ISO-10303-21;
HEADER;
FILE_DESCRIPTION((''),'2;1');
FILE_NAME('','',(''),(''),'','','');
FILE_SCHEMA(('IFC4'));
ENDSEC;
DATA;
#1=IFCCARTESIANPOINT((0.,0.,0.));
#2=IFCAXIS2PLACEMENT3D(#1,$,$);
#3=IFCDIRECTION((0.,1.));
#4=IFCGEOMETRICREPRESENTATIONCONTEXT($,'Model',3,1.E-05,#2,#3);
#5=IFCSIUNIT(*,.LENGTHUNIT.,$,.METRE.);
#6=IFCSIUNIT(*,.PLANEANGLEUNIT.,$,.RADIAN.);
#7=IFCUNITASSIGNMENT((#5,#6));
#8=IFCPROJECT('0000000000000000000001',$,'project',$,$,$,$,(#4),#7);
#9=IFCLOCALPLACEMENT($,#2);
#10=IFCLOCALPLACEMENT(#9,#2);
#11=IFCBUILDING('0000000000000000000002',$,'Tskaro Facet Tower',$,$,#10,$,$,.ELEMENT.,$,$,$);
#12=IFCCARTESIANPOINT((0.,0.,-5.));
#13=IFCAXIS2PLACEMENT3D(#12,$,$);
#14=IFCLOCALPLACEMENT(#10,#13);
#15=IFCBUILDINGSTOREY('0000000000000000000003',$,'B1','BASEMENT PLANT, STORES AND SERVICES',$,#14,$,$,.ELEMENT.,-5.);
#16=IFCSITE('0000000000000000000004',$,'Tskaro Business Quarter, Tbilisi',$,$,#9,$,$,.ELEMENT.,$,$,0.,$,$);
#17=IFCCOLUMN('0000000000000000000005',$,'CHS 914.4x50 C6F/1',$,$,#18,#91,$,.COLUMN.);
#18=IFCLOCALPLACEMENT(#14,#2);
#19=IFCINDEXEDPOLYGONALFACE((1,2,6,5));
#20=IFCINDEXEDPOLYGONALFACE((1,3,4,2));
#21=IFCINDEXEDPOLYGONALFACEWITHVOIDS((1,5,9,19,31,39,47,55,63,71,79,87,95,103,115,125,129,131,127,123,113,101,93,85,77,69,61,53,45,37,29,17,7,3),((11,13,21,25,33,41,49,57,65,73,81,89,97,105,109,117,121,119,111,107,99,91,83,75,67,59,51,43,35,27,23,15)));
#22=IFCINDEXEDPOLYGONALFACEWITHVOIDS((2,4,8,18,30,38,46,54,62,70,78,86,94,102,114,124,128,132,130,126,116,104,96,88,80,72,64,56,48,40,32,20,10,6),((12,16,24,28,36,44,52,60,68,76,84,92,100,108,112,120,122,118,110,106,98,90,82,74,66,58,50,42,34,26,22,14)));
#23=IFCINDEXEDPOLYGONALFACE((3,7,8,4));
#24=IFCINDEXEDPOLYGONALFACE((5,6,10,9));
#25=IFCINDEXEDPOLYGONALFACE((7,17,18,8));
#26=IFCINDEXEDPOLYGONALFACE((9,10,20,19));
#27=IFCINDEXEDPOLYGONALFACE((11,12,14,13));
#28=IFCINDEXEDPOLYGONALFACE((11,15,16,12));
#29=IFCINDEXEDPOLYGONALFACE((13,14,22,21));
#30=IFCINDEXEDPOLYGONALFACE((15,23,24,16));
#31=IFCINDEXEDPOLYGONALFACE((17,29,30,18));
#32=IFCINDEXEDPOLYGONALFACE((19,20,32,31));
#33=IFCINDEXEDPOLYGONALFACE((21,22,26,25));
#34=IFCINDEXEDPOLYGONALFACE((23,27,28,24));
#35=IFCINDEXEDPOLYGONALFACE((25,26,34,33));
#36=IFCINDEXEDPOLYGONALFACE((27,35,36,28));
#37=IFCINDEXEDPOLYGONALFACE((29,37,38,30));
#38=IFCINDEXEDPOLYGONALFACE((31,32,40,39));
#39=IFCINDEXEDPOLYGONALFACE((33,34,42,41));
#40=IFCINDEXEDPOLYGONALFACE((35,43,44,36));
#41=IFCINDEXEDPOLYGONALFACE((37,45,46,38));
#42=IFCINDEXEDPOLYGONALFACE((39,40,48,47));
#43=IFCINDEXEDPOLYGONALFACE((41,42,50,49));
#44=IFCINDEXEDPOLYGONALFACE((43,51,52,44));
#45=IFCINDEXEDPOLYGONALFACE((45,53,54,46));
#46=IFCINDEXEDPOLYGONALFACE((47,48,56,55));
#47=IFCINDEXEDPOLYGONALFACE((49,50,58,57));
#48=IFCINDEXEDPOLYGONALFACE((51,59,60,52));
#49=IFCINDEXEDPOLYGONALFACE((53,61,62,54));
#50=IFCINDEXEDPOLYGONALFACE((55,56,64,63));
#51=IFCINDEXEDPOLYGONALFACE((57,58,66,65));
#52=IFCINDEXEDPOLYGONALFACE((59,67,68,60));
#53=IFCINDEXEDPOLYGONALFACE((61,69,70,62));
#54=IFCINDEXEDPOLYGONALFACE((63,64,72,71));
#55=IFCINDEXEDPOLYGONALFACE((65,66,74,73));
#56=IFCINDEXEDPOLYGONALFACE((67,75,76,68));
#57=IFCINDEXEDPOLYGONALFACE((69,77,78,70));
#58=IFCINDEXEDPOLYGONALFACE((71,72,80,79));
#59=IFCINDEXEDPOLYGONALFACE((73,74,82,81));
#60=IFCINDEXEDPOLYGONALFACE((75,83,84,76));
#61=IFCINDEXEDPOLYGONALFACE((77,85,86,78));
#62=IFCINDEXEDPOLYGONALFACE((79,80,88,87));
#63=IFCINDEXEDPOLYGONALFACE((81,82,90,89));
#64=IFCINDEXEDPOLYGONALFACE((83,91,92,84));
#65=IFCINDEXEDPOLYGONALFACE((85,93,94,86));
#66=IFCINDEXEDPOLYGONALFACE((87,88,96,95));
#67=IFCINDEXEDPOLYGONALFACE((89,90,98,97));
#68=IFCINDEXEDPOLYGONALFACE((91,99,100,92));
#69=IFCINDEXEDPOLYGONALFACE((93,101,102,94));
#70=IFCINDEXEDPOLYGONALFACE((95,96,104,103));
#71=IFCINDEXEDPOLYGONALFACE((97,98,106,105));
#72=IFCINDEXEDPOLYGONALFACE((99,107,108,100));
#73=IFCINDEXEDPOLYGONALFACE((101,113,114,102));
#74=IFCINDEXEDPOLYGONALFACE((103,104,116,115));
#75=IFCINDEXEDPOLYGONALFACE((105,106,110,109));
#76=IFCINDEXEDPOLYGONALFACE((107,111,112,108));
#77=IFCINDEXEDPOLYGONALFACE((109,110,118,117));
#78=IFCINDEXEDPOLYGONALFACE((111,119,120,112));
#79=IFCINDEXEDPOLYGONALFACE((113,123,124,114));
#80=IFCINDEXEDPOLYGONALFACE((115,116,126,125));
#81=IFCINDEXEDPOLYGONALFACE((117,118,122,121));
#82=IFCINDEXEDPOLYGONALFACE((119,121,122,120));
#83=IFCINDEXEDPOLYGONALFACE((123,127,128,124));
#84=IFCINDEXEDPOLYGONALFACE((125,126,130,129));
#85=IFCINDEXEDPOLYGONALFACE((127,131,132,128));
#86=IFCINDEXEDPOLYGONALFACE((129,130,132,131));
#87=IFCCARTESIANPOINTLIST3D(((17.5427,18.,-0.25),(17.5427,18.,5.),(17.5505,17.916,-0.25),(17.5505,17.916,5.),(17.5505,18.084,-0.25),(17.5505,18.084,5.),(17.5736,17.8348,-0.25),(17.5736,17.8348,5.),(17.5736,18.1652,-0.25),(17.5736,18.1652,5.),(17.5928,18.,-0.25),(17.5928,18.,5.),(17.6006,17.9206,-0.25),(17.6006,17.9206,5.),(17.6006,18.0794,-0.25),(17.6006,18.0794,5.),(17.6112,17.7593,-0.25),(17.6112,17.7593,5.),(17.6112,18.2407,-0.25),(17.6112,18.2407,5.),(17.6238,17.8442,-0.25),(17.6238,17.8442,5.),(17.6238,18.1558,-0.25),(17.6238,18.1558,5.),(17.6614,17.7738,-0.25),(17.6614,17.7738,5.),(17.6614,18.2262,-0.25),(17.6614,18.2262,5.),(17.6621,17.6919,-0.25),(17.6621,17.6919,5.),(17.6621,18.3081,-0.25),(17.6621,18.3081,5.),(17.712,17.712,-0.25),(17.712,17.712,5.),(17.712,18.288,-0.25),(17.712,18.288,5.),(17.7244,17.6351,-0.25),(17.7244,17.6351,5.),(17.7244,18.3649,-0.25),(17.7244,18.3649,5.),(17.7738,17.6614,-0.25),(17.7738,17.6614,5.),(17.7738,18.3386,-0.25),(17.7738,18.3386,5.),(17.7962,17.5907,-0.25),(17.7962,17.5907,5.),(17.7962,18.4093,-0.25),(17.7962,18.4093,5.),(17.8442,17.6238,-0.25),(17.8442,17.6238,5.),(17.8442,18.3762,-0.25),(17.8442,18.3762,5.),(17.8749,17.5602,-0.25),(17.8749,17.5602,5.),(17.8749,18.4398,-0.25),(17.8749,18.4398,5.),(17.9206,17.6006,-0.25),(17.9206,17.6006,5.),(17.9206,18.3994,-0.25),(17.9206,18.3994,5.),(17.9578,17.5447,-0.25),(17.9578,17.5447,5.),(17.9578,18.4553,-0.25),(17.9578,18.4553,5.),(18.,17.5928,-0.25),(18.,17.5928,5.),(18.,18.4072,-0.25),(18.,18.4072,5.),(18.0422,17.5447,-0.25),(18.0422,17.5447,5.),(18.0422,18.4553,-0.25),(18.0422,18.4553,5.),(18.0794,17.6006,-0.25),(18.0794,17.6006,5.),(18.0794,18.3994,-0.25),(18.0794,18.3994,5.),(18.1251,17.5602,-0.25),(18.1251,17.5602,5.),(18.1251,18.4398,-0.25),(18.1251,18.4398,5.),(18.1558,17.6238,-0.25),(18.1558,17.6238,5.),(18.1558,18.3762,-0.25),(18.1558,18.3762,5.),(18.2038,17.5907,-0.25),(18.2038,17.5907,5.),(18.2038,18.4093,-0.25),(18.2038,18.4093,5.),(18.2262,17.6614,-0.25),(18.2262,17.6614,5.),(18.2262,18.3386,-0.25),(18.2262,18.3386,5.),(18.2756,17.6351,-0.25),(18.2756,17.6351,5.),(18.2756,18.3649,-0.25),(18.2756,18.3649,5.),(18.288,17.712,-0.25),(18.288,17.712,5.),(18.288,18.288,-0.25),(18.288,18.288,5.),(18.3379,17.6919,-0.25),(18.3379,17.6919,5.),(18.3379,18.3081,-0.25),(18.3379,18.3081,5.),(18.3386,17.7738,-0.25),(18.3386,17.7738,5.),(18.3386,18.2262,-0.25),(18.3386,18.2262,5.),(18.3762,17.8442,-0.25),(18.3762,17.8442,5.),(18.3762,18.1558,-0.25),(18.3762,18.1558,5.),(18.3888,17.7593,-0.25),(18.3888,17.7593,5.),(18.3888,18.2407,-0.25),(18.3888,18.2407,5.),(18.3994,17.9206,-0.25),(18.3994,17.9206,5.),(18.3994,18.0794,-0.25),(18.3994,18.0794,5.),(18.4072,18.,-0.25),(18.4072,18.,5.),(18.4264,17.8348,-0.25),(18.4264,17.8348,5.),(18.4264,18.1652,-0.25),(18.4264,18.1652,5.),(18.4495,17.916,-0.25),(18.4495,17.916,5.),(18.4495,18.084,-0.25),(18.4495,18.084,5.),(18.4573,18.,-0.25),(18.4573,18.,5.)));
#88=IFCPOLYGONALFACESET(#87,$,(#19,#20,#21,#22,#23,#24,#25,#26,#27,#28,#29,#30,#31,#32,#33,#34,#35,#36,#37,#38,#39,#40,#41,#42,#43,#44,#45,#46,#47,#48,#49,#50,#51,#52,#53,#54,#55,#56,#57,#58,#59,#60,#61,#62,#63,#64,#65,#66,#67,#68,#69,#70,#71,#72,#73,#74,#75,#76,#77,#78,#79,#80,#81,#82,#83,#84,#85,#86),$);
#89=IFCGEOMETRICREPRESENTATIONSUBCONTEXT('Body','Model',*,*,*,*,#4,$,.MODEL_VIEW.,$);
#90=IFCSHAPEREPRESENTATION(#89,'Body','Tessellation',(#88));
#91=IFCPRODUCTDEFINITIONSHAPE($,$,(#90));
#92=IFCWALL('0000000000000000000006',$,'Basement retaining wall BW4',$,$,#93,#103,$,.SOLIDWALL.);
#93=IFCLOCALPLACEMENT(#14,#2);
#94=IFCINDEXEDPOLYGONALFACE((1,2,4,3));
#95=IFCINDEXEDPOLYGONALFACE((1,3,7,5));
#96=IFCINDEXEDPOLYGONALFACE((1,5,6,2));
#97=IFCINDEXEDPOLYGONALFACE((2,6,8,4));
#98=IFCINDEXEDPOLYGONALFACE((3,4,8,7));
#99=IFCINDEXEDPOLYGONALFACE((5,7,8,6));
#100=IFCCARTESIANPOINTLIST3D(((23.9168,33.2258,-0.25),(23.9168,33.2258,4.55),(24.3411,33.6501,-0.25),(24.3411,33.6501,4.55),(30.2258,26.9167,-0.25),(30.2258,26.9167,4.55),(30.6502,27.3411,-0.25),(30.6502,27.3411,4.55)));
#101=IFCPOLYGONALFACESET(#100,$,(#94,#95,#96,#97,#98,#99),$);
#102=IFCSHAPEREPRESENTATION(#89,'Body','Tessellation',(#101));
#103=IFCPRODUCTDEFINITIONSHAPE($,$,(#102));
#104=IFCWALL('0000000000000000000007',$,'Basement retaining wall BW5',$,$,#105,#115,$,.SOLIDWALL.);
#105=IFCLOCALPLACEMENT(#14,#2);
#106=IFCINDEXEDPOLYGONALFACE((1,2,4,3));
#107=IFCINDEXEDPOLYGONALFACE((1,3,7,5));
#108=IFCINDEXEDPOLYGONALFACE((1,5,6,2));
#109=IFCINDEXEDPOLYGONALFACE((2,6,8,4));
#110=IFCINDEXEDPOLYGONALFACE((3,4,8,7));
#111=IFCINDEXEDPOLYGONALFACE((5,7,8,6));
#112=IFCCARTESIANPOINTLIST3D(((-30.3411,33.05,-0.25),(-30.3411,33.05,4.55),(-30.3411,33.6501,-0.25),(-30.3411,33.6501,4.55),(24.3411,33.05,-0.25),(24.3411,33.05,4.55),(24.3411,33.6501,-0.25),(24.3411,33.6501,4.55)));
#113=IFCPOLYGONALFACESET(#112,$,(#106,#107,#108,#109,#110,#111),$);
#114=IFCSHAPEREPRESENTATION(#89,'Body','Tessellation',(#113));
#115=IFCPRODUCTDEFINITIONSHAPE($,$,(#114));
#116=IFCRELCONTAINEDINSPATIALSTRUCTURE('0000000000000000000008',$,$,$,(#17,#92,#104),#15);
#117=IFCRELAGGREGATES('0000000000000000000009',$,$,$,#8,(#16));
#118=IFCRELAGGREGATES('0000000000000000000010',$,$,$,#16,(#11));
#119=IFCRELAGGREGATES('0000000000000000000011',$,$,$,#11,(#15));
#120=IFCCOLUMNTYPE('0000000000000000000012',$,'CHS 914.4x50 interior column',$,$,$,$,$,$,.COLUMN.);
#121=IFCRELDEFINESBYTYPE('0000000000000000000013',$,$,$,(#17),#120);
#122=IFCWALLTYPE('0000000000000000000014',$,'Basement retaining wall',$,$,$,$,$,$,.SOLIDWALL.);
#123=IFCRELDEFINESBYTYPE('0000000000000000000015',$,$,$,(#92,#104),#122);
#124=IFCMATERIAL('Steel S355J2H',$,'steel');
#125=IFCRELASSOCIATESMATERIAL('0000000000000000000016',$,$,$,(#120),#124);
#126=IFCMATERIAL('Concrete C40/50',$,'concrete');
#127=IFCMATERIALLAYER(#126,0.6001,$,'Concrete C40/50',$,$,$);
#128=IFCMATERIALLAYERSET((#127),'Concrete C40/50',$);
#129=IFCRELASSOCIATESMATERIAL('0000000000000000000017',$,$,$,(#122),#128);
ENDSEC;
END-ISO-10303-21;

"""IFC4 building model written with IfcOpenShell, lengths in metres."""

from ifc_helpers import new_model, si_unit, direction, frame, frame_2d, origin, origin_2d, place, context, subcontext, project, spatial, rectangle, hollow_circle, extrude, material, layer, layer_set, material_profile, profile_set, type_object, element, save


model = new_model("IFC4")

# Units and contexts
model_context = context("Model", 3, precision=1e-05, world=origin(), true_north=direction((0.0, 1.0)))
body_context = subcontext(model_context, "Body", "Model", "MODEL_VIEW")
ifc_project = project(units=[si_unit("LENGTHUNIT", "METRE"), si_unit("PLANEANGLEUNIT", "RADIAN")], contexts=[model_context])

# Site, building, storey
site_placement = place(None, origin())
site = spatial("IfcSite", under=ifc_project, at=site_placement, Name="Tskaro Business Quarter, Tbilisi", CompositionType="ELEMENT", RefElevation=0.0)
building_placement = place(site_placement, origin())
building = spatial("IfcBuilding", under=site, at=building_placement, Name="Tskaro Facet Tower", CompositionType="ELEMENT")
storey_placement = place(building_placement, frame((0.0, 0.0, -5.0)))
storey = spatial("IfcBuildingStorey", under=building, at=storey_placement, Name="B1", Description="BASEMENT PLANT, STORES AND SERVICES", CompositionType="ELEMENT", Elevation=-5.0)

# Column
ifc_material_1 = material(Name="Steel S355J2H", Category="steel")
ifc_material_profile_1 = material_profile(ifc_material_1, hollow_circle(Radius=0.4573, WallThickness=0.05, at=origin_2d()), Name="CHS 914.4x50")
ifc_profile_set_1 = profile_set([ifc_material_profile_1], Name="Steel S355J2H")
column_type_1 = type_object("IfcColumnType", Name="CHS 914.4x50 interior column", PredefinedType="COLUMN", material=ifc_profile_set_1)
column_placement = place(storey_placement, frame((18.0, 18.0, -0.25), z_axis=(0.0, 0.0, 1.0), x_axis=(1.0, 0.0, 0.0)))
element("IfcColumn", 1, at=column_placement, inside=storey, type_object=column_type_1, Name="CHS 914.4x50 C6F/1", PredefinedType="COLUMN", context=body_context, shape_type="SweptSolid", body=[
    extrude(hollow_circle(Radius=0.4573, WallThickness=0.05, at=origin_2d()), origin(), (0.0, 0.0, 1.0), 5.25),
])

# Walls
ifc_material_2 = material(Name="Concrete C40/50", Category="concrete")
ifc_layer = layer(ifc_material_2, 0.6001, Name="Concrete C40/50")
ifc_layer_set = layer_set([ifc_layer], Name="Concrete C40/50")
wall_type = type_object("IfcWallType", Name="Basement retaining wall", PredefinedType="SOLIDWALL", material=ifc_layer_set)
wall_1_placement = place(storey_placement, frame((30.438, 27.1289, -0.25), z_axis=(0.0, 0.0, 1.0), x_axis=(-0.707107, 0.707107, 0.0)))
element("IfcWall", 2, at=wall_1_placement, inside=storey, type_object=wall_type, Name="Basement retaining wall BW4", PredefinedType="SOLIDWALL", context=body_context, shape_type="SweptSolid", body=[
    extrude(rectangle(XDim=8.9224, YDim=0.6001, at=frame_2d((4.4612, 0.0))), origin(), (0.0, 0.0, 1.0), 4.8),
])
wall_2_placement = place(storey_placement, frame((24.3411, 33.3501, -0.25), z_axis=(0.0, 0.0, 1.0), x_axis=(-1.0, 0.0, 0.0)))
element("IfcWall", 3, at=wall_2_placement, inside=storey, type_object=wall_type, Name="Basement retaining wall BW5", PredefinedType="SOLIDWALL", context=body_context, shape_type="SweptSolid", body=[
    extrude(rectangle(XDim=54.6821, YDim=0.6001, at=frame_2d((27.3411, 0.0))), origin(), (0.0, 0.0, 1.0), 4.8),
])

save(model, "model.ifc")
